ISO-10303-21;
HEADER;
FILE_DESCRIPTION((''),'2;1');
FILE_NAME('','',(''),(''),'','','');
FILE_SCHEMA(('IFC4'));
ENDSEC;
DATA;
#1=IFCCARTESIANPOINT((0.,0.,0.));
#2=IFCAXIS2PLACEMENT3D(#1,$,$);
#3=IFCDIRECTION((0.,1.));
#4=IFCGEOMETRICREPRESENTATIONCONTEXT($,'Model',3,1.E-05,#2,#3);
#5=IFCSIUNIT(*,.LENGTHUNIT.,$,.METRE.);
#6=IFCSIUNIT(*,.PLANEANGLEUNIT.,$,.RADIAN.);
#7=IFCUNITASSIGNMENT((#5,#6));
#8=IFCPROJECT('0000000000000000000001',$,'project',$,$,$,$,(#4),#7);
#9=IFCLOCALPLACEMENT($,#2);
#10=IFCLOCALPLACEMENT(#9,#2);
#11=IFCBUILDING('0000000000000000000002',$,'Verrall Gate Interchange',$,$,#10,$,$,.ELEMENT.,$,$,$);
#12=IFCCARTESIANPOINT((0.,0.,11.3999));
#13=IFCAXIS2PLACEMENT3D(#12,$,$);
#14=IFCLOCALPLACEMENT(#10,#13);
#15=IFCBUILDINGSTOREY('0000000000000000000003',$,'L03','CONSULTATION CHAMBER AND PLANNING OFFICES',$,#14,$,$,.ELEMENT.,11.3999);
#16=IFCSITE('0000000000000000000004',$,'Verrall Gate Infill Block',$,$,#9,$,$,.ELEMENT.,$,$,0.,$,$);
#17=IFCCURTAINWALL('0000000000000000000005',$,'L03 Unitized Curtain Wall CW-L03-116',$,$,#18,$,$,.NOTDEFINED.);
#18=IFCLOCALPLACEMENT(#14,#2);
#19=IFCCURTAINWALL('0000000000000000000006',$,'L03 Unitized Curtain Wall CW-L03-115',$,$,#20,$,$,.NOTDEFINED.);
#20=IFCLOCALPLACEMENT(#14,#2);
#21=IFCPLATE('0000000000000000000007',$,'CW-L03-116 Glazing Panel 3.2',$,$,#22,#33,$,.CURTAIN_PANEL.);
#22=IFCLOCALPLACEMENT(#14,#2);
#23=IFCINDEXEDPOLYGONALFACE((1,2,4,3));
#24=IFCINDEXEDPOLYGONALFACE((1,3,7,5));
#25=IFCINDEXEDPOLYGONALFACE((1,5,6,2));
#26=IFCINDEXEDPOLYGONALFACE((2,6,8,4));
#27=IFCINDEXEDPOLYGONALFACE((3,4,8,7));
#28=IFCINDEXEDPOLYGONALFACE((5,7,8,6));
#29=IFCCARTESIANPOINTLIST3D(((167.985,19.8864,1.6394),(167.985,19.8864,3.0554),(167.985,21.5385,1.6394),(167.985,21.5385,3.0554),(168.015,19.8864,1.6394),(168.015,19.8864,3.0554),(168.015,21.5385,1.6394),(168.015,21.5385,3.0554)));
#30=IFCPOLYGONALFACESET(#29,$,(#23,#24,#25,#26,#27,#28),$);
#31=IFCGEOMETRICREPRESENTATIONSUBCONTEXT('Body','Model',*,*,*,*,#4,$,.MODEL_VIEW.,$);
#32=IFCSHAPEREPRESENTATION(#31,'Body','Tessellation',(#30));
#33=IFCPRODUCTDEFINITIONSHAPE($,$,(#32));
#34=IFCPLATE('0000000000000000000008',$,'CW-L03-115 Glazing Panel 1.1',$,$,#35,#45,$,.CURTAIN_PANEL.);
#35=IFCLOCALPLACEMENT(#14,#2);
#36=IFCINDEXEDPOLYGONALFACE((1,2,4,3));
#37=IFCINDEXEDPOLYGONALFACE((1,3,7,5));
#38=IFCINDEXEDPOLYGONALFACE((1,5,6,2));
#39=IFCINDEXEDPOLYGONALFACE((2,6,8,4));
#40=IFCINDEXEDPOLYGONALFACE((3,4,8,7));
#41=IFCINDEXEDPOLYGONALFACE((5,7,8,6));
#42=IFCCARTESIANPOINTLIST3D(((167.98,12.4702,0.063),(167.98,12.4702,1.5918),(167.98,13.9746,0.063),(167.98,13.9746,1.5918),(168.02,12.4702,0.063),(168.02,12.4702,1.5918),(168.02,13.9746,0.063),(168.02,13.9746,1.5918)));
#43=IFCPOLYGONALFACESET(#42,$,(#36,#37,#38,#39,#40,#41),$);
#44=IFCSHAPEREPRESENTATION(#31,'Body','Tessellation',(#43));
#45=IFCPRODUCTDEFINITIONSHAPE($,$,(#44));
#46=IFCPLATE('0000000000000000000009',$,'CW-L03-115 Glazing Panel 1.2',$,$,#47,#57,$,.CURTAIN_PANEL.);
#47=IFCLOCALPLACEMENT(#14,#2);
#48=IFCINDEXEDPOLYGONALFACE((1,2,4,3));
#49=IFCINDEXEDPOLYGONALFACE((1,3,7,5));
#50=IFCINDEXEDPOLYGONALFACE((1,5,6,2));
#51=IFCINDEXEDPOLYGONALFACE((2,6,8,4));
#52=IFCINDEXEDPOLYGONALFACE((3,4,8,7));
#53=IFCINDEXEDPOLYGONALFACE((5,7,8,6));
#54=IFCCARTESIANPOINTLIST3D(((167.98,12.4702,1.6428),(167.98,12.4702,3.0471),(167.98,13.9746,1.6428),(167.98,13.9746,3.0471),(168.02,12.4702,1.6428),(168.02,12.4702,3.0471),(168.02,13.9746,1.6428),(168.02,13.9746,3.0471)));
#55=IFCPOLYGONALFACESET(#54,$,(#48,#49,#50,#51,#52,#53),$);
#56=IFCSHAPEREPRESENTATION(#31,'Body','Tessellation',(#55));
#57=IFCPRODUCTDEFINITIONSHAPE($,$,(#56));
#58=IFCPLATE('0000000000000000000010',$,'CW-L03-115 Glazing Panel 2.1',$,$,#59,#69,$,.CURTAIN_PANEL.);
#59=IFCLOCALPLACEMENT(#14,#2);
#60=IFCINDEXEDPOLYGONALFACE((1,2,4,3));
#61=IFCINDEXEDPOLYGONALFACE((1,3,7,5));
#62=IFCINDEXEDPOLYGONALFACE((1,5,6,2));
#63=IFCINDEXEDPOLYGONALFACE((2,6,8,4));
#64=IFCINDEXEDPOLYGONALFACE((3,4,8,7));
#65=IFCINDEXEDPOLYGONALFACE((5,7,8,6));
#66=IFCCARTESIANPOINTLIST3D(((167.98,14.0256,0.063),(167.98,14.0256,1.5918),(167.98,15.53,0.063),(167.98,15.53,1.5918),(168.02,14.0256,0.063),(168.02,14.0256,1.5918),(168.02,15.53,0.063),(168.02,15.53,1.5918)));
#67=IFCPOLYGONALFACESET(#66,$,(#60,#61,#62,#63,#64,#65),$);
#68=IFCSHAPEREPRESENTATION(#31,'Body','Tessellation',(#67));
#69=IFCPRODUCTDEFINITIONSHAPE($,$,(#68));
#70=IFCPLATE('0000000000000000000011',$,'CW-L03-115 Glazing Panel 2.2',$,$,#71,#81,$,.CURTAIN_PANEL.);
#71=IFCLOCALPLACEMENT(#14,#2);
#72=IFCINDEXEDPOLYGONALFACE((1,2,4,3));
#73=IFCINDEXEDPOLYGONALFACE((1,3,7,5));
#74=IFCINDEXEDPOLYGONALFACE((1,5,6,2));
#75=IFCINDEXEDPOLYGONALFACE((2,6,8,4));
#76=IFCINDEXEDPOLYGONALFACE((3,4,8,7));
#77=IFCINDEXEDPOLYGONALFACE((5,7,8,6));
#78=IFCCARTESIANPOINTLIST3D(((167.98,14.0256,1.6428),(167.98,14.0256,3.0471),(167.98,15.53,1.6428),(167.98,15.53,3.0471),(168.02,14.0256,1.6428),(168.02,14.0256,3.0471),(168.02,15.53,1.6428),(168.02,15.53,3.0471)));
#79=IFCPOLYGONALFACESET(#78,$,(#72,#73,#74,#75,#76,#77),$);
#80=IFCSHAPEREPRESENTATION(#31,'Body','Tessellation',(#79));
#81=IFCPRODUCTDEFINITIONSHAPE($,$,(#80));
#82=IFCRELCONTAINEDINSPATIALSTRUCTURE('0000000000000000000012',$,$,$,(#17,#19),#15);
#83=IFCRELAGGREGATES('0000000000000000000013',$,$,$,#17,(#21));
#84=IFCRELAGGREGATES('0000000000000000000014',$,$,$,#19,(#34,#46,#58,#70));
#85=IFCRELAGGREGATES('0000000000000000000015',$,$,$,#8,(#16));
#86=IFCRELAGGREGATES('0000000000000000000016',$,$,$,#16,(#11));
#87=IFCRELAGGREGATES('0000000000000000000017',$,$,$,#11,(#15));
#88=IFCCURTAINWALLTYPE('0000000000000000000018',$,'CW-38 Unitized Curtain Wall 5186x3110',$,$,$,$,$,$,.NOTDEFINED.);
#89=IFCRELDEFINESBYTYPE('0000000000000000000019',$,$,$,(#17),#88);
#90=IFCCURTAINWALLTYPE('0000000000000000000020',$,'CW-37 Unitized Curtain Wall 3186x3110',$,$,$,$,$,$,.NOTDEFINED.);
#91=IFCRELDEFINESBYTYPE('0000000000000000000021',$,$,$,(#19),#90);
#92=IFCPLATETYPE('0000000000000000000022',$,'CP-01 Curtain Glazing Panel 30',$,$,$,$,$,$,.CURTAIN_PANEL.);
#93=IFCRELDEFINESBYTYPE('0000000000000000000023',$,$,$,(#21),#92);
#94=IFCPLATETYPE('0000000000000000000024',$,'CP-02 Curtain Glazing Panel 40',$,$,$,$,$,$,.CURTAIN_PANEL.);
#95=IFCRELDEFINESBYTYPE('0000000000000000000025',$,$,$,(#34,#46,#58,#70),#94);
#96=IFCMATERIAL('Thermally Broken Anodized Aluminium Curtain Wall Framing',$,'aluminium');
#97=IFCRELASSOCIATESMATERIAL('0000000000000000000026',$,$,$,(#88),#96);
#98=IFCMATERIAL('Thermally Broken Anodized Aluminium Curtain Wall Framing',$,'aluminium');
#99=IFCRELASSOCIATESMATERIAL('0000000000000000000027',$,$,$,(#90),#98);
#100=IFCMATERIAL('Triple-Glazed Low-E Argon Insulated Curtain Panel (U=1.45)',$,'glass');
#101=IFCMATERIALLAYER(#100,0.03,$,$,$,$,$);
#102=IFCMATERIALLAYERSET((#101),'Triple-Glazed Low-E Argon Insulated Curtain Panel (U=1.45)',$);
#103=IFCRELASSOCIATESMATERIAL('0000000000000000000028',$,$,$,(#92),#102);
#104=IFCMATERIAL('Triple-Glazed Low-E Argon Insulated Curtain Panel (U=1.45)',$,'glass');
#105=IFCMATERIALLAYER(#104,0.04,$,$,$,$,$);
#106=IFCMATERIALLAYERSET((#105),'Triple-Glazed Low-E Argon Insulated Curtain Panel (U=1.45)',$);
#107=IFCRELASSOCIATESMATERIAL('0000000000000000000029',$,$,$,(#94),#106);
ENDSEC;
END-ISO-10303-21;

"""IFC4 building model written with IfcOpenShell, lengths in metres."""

from ifc_helpers import new_model, si_unit, direction, frame, origin, origin_2d, place, context, subcontext, project, spatial, rectangle, extrude, material, layer, layer_set, type_object, element, aggregate, save


model = new_model("IFC4")

# Units and contexts
model_context = context("Model", 3, precision=1e-05, world=origin(), true_north=direction((0.0, 1.0)))
body_context = subcontext(model_context, "Body", "Model", "MODEL_VIEW")
ifc_project = project(units=[si_unit("LENGTHUNIT", "METRE"), si_unit("PLANEANGLEUNIT", "RADIAN")], contexts=[model_context])

# Site, building, storey
site_placement = place(None, origin())
site = spatial("IfcSite", under=ifc_project, at=site_placement, Name="Verrall Gate Infill Block", CompositionType="ELEMENT", RefElevation=0.0)
building_placement = place(site_placement, origin())
building = spatial("IfcBuilding", under=site, at=building_placement, Name="Verrall Gate Interchange", CompositionType="ELEMENT")
storey_placement = place(building_placement, frame((0.0, 0.0, 11.3999)))
storey = spatial("IfcBuildingStorey", under=building, at=storey_placement, Name="L03", Description="CONSULTATION CHAMBER AND PLANNING OFFICES", CompositionType="ELEMENT", Elevation=11.3999)

# Curtain walls
ifc_material_1 = material(Name="Thermally Broken Anodized Aluminium Curtain Wall Framing", Category="aluminium")
curtain_wall_type_1 = type_object("IfcCurtainWallType", Name="CW-38 Unitized Curtain Wall 5186x3110", PredefinedType="NOTDEFINED", material=ifc_material_1)
curtain_wall_1_placement = place(storey_placement, origin())
curtain_wall_1 = element("IfcCurtainWall", 1, at=curtain_wall_1_placement, inside=storey, type_object=curtain_wall_type_1, Name="L03 Unitized Curtain Wall CW-L03-116", PredefinedType="NOTDEFINED")
ifc_material_2 = material(Name="Thermally Broken Anodized Aluminium Curtain Wall Framing", Category="aluminium")
curtain_wall_type_2 = type_object("IfcCurtainWallType", Name="CW-37 Unitized Curtain Wall 3186x3110", PredefinedType="NOTDEFINED", material=ifc_material_2)
curtain_wall_2_placement = place(storey_placement, origin())
curtain_wall_2 = element("IfcCurtainWall", 2, at=curtain_wall_2_placement, inside=storey, type_object=curtain_wall_type_2, Name="L03 Unitized Curtain Wall CW-L03-115", PredefinedType="NOTDEFINED")

# Plates
ifc_material_3 = material(Name="Triple-Glazed Low-E Argon Insulated Curtain Panel (U=1.45)", Category="glass")
ifc_layer_1 = layer(ifc_material_3, 0.03)
ifc_layer_set_1 = layer_set([ifc_layer_1], Name="Triple-Glazed Low-E Argon Insulated Curtain Panel (U=1.45)")
plate_type_1 = type_object("IfcPlateType", Name="CP-01 Curtain Glazing Panel 30", PredefinedType="CURTAIN_PANEL", material=ifc_layer_set_1)
plate_1_placement = place(storey_placement, frame((168.0, 20.7124, 1.6394), z_axis=(0.0, 0.0, 1.0), x_axis=(0.0, 1.0, 0.0)))
plate_1 = element("IfcPlate", 3, at=plate_1_placement, type_object=plate_type_1, Name="CW-L03-116 Glazing Panel 3.2", PredefinedType="CURTAIN_PANEL", context=body_context, shape_type="SweptSolid", body=[
    extrude(rectangle(XDim=1.6521, YDim=0.03, at=origin_2d()), origin(), (0.0, 0.0, 1.0), 1.416),
])
aggregate(curtain_wall_1, [plate_1])
ifc_material_4 = material(Name="Triple-Glazed Low-E Argon Insulated Curtain Panel (U=1.45)", Category="glass")
ifc_layer_2 = layer(ifc_material_4, 0.04)
ifc_layer_set_2 = layer_set([ifc_layer_2], Name="Triple-Glazed Low-E Argon Insulated Curtain Panel (U=1.45)")
plate_type_2 = type_object("IfcPlateType", Name="CP-02 Curtain Glazing Panel 40", PredefinedType="CURTAIN_PANEL", material=ifc_layer_set_2)
plate_2_placement = place(storey_placement, frame((168.0, 13.2224, 0.063), z_axis=(0.0, 0.0, 1.0), x_axis=(0.0, 1.0, 0.0)))
plate_2 = element("IfcPlate", 4, at=plate_2_placement, type_object=plate_type_2, Name="CW-L03-115 Glazing Panel 1.1", PredefinedType="CURTAIN_PANEL", context=body_context, shape_type="SweptSolid", body=[
    extrude(rectangle(XDim=1.5044, YDim=0.04, at=origin_2d()), origin(), (0.0, 0.0, 1.0), 1.5288),
])
plate_3_placement = place(storey_placement, frame((168.0, 13.2224, 1.6428), z_axis=(0.0, 0.0, 1.0), x_axis=(0.0, 1.0, 0.0)))
plate_3 = element("IfcPlate", 5, at=plate_3_placement, type_object=plate_type_2, Name="CW-L03-115 Glazing Panel 1.2", PredefinedType="CURTAIN_PANEL", context=body_context, shape_type="SweptSolid", body=[
    extrude(rectangle(XDim=1.5044, YDim=0.04, at=origin_2d()), origin(), (0.0, 0.0, 1.0), 1.4043),
])
plate_4_placement = place(storey_placement, frame((168.0, 14.7778, 0.063), z_axis=(0.0, 0.0, 1.0), x_axis=(0.0, 1.0, 0.0)))
plate_4 = element("IfcPlate", 6, at=plate_4_placement, type_object=plate_type_2, Name="CW-L03-115 Glazing Panel 2.1", PredefinedType="CURTAIN_PANEL", context=body_context, shape_type="SweptSolid", body=[
    extrude(rectangle(XDim=1.5044, YDim=0.04, at=origin_2d()), origin(), (0.0, 0.0, 1.0), 1.5288),
])
plate_5_placement = place(storey_placement, frame((168.0, 14.7778, 1.6428), z_axis=(0.0, 0.0, 1.0), x_axis=(0.0, 1.0, 0.0)))
plate_5 = element("IfcPlate", 7, at=plate_5_placement, type_object=plate_type_2, Name="CW-L03-115 Glazing Panel 2.2", PredefinedType="CURTAIN_PANEL", context=body_context, shape_type="SweptSolid", body=[
    extrude(rectangle(XDim=1.5044, YDim=0.04, at=origin_2d()), origin(), (0.0, 0.0, 1.0), 1.4043),
])
aggregate(curtain_wall_2, [plate_2, plate_3, plate_4, plate_5])

save(model, "model.ifc")
